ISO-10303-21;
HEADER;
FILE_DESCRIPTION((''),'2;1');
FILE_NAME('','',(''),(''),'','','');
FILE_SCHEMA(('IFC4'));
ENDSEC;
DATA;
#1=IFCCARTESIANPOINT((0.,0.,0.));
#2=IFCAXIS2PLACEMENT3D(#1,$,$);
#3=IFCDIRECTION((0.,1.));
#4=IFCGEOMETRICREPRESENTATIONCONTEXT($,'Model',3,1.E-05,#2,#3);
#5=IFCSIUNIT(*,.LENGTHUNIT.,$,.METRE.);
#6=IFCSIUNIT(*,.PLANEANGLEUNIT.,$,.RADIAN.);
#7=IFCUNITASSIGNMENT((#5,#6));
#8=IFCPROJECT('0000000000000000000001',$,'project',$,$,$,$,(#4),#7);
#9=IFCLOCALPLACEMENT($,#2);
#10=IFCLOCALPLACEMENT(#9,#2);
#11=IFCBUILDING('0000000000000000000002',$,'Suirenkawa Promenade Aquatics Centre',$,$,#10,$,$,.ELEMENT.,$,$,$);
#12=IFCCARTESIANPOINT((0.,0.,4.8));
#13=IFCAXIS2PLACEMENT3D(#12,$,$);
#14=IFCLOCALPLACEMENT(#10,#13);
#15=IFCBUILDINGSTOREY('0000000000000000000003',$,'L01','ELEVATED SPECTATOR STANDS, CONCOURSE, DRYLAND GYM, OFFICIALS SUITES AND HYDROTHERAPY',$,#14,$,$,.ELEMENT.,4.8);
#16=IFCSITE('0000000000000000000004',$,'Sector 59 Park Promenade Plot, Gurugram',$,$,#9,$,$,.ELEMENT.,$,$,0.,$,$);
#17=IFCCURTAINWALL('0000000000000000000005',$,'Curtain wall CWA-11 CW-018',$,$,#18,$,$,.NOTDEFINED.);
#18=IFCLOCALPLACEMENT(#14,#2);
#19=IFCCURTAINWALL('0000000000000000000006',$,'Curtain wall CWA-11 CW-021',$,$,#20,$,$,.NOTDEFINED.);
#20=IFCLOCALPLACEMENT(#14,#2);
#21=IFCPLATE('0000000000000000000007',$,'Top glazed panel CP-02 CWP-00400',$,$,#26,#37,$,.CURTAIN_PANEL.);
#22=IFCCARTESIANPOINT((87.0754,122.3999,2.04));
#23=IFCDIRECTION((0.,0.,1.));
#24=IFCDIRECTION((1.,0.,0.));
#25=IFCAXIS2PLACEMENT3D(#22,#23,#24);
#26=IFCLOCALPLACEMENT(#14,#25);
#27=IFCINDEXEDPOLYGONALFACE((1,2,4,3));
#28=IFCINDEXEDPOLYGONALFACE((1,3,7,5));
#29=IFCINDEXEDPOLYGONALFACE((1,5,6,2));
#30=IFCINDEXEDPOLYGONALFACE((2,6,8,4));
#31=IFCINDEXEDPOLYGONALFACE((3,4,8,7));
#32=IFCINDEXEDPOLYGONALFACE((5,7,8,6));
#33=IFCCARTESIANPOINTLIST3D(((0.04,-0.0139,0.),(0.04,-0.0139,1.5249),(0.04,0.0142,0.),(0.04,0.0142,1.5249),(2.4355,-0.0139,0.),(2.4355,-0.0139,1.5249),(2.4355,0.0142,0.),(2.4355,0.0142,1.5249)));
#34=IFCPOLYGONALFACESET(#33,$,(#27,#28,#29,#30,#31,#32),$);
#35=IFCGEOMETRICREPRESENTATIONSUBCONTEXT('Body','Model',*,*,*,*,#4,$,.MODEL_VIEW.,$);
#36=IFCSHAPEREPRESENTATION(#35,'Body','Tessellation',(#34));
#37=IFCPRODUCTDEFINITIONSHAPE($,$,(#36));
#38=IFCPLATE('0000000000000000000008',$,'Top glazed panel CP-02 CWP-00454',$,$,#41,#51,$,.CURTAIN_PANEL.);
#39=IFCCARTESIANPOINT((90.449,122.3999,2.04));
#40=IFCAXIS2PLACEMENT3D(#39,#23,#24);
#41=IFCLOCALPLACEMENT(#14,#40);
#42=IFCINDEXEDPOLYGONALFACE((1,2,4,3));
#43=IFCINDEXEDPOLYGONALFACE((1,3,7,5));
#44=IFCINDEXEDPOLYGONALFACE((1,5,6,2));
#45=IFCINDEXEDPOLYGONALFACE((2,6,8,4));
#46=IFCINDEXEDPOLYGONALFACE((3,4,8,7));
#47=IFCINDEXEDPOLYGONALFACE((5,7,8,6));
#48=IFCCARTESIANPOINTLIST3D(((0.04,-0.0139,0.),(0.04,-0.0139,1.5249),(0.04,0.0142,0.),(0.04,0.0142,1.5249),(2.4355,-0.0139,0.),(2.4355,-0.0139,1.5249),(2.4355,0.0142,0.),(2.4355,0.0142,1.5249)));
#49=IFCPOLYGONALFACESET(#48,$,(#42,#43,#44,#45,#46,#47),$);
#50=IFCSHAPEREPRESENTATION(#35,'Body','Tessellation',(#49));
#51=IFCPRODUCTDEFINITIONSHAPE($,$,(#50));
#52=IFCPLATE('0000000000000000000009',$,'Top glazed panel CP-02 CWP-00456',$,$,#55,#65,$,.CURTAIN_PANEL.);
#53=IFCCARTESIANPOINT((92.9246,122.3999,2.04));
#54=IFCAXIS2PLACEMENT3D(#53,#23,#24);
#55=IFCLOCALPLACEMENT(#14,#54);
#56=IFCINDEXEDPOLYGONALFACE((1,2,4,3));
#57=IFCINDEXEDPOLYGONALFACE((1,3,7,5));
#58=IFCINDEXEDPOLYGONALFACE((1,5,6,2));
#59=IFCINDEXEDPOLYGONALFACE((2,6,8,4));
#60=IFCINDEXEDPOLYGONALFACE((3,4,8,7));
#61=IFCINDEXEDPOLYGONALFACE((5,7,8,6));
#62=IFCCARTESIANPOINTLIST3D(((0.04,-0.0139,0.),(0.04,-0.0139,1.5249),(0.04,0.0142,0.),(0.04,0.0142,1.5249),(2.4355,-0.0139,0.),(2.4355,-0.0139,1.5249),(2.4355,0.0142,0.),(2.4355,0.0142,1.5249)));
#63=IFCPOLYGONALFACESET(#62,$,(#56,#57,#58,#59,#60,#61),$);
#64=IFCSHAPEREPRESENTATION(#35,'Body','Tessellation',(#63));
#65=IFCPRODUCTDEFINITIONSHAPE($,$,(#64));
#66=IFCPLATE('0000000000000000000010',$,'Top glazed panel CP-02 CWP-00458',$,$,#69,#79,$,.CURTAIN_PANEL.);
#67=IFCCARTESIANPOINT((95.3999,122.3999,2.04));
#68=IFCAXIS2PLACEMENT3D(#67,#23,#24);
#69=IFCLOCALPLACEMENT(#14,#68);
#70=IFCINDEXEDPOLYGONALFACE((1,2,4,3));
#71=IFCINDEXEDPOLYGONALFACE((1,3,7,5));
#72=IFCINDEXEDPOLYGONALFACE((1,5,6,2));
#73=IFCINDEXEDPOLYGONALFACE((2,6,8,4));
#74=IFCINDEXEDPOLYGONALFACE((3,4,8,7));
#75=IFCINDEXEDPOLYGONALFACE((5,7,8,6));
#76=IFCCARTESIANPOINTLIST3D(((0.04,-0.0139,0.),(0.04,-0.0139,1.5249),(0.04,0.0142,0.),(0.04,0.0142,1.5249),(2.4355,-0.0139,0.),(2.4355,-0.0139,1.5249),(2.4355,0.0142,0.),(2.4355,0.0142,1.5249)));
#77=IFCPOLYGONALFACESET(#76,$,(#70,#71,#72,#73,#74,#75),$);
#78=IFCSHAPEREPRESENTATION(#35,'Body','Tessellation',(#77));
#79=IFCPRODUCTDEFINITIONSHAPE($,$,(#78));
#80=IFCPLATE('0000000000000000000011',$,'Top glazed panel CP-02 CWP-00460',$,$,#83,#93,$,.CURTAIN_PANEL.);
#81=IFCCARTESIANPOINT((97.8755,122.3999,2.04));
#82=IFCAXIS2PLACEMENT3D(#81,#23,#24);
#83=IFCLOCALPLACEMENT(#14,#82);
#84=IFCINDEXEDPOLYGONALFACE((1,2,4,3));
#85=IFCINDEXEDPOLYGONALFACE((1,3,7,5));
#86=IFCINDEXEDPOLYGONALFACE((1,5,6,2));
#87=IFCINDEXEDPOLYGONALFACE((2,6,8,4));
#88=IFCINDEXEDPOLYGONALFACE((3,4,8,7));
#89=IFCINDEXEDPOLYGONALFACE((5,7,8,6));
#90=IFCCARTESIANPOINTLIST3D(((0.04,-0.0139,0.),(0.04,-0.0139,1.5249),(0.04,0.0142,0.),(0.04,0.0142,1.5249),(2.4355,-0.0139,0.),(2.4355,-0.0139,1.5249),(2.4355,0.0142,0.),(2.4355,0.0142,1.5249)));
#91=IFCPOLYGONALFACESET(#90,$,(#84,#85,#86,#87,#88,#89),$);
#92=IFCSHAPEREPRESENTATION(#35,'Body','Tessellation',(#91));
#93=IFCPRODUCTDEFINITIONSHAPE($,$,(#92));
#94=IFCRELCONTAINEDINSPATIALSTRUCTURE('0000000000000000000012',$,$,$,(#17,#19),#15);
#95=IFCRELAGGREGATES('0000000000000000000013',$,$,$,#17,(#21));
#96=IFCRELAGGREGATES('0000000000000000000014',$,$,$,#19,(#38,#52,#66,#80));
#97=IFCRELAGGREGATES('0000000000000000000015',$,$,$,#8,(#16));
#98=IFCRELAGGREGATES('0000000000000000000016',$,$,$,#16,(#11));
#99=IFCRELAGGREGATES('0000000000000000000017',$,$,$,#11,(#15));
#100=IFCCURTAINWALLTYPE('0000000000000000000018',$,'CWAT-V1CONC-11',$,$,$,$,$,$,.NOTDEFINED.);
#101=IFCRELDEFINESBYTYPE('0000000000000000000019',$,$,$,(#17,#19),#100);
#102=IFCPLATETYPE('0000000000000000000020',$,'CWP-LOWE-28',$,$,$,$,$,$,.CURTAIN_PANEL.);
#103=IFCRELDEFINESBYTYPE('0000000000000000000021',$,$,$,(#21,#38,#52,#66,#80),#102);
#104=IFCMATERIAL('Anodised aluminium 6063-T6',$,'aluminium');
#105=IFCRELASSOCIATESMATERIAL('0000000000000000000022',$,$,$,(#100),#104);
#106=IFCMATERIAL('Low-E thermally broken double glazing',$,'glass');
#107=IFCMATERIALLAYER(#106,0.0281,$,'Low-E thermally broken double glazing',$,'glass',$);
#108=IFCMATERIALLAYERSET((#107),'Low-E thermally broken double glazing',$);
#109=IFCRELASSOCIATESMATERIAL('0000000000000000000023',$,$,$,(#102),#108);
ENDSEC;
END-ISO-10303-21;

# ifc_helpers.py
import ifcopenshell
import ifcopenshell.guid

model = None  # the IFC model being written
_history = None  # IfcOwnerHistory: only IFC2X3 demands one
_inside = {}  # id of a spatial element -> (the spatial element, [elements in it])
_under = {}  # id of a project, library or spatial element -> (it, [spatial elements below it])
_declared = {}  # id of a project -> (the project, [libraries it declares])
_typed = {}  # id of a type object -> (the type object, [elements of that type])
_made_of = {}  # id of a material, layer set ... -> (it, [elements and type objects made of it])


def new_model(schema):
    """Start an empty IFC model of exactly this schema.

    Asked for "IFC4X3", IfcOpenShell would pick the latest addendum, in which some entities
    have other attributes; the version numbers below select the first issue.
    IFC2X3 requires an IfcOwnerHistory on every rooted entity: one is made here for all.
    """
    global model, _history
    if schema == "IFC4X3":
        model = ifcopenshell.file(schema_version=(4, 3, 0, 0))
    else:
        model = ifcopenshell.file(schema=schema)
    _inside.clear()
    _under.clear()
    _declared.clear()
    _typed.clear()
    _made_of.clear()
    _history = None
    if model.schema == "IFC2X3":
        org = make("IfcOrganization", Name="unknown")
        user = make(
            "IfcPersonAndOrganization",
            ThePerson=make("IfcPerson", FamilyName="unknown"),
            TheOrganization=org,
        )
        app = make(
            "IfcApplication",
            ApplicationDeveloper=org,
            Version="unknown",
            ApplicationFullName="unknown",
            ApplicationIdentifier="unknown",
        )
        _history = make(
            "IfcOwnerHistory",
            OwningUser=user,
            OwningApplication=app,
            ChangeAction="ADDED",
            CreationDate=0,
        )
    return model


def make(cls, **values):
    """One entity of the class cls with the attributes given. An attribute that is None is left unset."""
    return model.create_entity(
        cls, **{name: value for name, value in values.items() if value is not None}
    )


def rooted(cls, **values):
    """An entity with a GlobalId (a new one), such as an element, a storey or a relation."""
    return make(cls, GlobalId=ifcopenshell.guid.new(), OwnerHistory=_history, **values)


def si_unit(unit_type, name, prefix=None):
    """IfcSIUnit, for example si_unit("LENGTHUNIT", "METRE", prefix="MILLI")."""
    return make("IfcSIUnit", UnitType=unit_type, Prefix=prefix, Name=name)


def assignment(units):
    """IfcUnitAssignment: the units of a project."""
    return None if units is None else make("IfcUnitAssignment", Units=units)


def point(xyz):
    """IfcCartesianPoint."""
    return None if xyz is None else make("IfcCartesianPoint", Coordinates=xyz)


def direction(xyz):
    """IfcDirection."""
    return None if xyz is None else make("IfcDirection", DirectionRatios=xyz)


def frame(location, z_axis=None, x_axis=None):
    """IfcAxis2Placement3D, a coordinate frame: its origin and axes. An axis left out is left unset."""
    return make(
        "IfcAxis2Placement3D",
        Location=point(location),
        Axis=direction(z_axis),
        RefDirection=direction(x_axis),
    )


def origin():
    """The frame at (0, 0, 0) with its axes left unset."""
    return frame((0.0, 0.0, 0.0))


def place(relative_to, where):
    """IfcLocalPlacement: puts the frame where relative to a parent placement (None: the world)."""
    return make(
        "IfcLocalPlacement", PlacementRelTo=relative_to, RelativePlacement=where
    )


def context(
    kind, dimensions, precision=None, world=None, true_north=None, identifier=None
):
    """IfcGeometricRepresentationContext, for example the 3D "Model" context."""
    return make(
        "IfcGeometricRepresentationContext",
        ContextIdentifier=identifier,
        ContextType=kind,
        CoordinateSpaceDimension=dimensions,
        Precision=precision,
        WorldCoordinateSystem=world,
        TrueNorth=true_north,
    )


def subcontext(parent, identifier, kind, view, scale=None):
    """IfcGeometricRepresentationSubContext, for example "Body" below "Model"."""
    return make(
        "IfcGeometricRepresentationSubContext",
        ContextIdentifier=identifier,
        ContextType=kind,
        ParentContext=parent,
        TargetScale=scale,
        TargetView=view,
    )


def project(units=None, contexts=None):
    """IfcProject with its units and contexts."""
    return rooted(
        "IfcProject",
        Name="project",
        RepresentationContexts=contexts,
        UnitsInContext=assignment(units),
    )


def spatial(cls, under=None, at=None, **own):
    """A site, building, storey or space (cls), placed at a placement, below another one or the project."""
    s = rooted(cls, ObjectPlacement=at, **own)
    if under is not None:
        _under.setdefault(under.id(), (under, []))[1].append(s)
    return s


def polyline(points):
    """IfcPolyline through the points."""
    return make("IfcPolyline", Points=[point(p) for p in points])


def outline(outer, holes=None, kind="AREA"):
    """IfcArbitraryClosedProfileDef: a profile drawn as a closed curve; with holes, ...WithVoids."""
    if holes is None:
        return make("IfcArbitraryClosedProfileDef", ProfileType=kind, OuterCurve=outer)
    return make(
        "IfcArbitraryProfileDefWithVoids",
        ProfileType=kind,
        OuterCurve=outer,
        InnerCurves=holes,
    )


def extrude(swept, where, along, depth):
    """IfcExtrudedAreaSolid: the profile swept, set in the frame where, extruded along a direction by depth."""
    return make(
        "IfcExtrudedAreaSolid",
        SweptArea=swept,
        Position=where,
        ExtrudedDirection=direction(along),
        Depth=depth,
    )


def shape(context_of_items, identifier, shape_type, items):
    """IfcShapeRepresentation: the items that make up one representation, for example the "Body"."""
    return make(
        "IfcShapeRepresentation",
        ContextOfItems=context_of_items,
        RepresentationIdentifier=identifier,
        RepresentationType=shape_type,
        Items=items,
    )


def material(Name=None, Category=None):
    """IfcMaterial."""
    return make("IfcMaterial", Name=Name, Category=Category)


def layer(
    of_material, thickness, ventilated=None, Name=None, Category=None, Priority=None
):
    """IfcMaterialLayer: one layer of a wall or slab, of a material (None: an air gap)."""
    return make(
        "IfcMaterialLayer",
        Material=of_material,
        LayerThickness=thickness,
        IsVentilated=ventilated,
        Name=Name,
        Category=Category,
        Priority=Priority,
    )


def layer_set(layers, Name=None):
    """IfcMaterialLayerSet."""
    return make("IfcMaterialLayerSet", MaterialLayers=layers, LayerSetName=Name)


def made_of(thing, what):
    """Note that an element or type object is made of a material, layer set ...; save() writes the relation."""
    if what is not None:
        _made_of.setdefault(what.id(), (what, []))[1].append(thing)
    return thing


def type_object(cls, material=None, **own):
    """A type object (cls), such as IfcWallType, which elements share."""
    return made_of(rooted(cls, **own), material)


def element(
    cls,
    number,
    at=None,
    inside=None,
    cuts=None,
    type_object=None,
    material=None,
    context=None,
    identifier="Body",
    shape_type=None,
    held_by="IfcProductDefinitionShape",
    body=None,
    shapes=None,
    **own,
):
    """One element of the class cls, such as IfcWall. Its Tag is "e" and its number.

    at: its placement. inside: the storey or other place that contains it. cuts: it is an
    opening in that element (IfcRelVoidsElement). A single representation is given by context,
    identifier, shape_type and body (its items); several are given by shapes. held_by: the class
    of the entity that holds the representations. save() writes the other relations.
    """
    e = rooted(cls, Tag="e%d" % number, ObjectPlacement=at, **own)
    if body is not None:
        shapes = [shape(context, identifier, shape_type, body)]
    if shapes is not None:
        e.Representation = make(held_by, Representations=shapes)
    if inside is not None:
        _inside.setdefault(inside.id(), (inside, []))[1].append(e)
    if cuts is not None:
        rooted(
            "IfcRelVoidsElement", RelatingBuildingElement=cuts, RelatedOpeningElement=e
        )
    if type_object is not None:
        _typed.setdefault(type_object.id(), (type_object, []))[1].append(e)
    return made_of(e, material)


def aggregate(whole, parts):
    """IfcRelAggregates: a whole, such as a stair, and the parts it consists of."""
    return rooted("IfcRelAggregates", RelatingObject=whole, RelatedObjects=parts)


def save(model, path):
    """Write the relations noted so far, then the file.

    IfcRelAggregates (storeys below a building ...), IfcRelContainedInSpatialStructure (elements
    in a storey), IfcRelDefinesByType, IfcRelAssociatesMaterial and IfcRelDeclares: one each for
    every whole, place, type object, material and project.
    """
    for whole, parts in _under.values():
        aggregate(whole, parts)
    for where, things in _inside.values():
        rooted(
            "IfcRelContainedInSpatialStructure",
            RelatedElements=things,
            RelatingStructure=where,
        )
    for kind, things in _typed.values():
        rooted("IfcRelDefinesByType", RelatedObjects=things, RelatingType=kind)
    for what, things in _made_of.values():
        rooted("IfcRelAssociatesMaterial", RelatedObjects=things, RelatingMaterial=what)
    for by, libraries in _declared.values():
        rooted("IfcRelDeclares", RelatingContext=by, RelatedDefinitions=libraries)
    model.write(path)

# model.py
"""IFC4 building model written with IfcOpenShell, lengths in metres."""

from ifc_helpers import new_model, si_unit, direction, frame, origin, place, context, subcontext, project, spatial, polyline, outline, extrude, material, layer, layer_set, type_object, element, aggregate, save


model = new_model("IFC4")

# Units and contexts
model_context = context("Model", 3, precision=1e-05, world=origin(), true_north=direction((0.0, 1.0)))
body_context = subcontext(model_context, "Body", "Model", "MODEL_VIEW")
ifc_project = project(units=[si_unit("LENGTHUNIT", "METRE"), si_unit("PLANEANGLEUNIT", "RADIAN")], contexts=[model_context])

# Site, building, storey
site_placement = place(None, origin())
site = spatial("IfcSite", under=ifc_project, at=site_placement, Name="Sector 59 Park Promenade Plot, Gurugram", CompositionType="ELEMENT", RefElevation=0.0)
building_placement = place(site_placement, origin())
building = spatial("IfcBuilding", under=site, at=building_placement, Name="Suirenkawa Promenade Aquatics Centre", CompositionType="ELEMENT")
storey_placement = place(building_placement, frame((0.0, 0.0, 4.8)))
storey = spatial("IfcBuildingStorey", under=building, at=storey_placement, Name="L01", Description="ELEVATED SPECTATOR STANDS, CONCOURSE, DRYLAND GYM, OFFICIALS SUITES AND HYDROTHERAPY", CompositionType="ELEMENT", Elevation=4.8)

# Curtain wall
ifc_material_1 = material(Name="Anodised aluminium 6063-T6", Category="aluminium")
curtain_wall_type = type_object("IfcCurtainWallType", Name="CWAT-V1CONC-11", PredefinedType="NOTDEFINED", material=ifc_material_1)
curtain_wall_1_placement = place(storey_placement, origin())
curtain_wall_1 = element("IfcCurtainWall", 1, at=curtain_wall_1_placement, inside=storey, type_object=curtain_wall_type, Name="Curtain wall CWA-11 CW-018", PredefinedType="NOTDEFINED")

# Curtain wall
curtain_wall_2_placement = place(storey_placement, origin())
curtain_wall_2 = element("IfcCurtainWall", 2, at=curtain_wall_2_placement, inside=storey, type_object=curtain_wall_type, Name="Curtain wall CWA-11 CW-021", PredefinedType="NOTDEFINED")

# Plates
ifc_material_2 = material(Name="Low-E thermally broken double glazing", Category="glass")
ifc_layer = layer(ifc_material_2, 0.0281, Name="Low-E thermally broken double glazing", Category="glass")
ifc_layer_set = layer_set([ifc_layer], Name="Low-E thermally broken double glazing")
plate_type = type_object("IfcPlateType", Name="CWP-LOWE-28", PredefinedType="CURTAIN_PANEL", material=ifc_layer_set)
plate_1_placement = place(storey_placement, frame((87.0754, 122.3999, 2.04), z_axis=(0.0, 0.0, 1.0), x_axis=(1.0, 0.0, 0.0)))
plate_1 = element("IfcPlate", 3, at=plate_1_placement, type_object=plate_type, Name="Top glazed panel CP-02 CWP-00400", PredefinedType="CURTAIN_PANEL", context=body_context, shape_type="SweptSolid", body=[
    extrude(outline(polyline([(0.04, 0.0), (2.4355, 0.0), (2.4355, 1.5249), (0.04, 1.5249), (0.04, 0.0)])), frame((0.0, 0.0142, 0.0), z_axis=(0.0, -1.0, 0.0), x_axis=(1.0, 0.0, 0.0)), (0.0, 0.0, 1.0), 0.0281),
])
aggregate(curtain_wall_1, [plate_1])
plate_2_placement = place(storey_placement, frame((90.449, 122.3999, 2.04), z_axis=(0.0, 0.0, 1.0), x_axis=(1.0, 0.0, 0.0)))
plate_2 = element("IfcPlate", 4, at=plate_2_placement, type_object=plate_type, Name="Top glazed panel CP-02 CWP-00454", PredefinedType="CURTAIN_PANEL", context=body_context, shape_type="SweptSolid", body=[
    extrude(outline(polyline([(0.04, 0.0), (2.4355, 0.0), (2.4355, 1.5249), (0.04, 1.5249), (0.04, 0.0)])), frame((0.0, 0.0142, 0.0), z_axis=(0.0, -1.0, 0.0), x_axis=(1.0, 0.0, 0.0)), (0.0, 0.0, 1.0), 0.0281),
])
plate_3_placement = place(storey_placement, frame((92.9246, 122.3999, 2.04), z_axis=(0.0, 0.0, 1.0), x_axis=(1.0, 0.0, 0.0)))
plate_3 = element("IfcPlate", 5, at=plate_3_placement, type_object=plate_type, Name="Top glazed panel CP-02 CWP-00456", PredefinedType="CURTAIN_PANEL", context=body_context, shape_type="SweptSolid", body=[
    extrude(outline(polyline([(0.04, 0.0), (2.4355, 0.0), (2.4355, 1.5249), (0.04, 1.5249), (0.04, 0.0)])), frame((0.0, 0.0142, 0.0), z_axis=(0.0, -1.0, 0.0), x_axis=(1.0, 0.0, 0.0)), (0.0, 0.0, 1.0), 0.0281),
])
plate_4_placement = place(storey_placement, frame((95.3999, 122.3999, 2.04), z_axis=(0.0, 0.0, 1.0), x_axis=(1.0, 0.0, 0.0)))
plate_4 = element("IfcPlate", 6, at=plate_4_placement, type_object=plate_type, Name="Top glazed panel CP-02 CWP-00458", PredefinedType="CURTAIN_PANEL", context=body_context, shape_type="SweptSolid", body=[
    extrude(outline(polyline([(0.04, 0.0), (2.4355, 0.0), (2.4355, 1.5249), (0.04, 1.5249), (0.04, 0.0)])), frame((0.0, 0.0142, 0.0), z_axis=(0.0, -1.0, 0.0), x_axis=(1.0, 0.0, 0.0)), (0.0, 0.0, 1.0), 0.0281),
])
plate_5_placement = place(storey_placement, frame((97.8755, 122.3999, 2.04), z_axis=(0.0, 0.0, 1.0), x_axis=(1.0, 0.0, 0.0)))
plate_5 = element("IfcPlate", 7, at=plate_5_placement, type_object=plate_type, Name="Top glazed panel CP-02 CWP-00460", PredefinedType="CURTAIN_PANEL", context=body_context, shape_type="SweptSolid", body=[
    extrude(outline(polyline([(0.04, 0.0), (2.4355, 0.0), (2.4355, 1.5249), (0.04, 1.5249), (0.04, 0.0)])), frame((0.0, 0.0142, 0.0), z_axis=(0.0, -1.0, 0.0), x_axis=(1.0, 0.0, 0.0)), (0.0, 0.0, 1.0), 0.0281),
])
aggregate(curtain_wall_2, [plate_2, plate_3, plate_4, plate_5])

save(model, "model.ifc")
